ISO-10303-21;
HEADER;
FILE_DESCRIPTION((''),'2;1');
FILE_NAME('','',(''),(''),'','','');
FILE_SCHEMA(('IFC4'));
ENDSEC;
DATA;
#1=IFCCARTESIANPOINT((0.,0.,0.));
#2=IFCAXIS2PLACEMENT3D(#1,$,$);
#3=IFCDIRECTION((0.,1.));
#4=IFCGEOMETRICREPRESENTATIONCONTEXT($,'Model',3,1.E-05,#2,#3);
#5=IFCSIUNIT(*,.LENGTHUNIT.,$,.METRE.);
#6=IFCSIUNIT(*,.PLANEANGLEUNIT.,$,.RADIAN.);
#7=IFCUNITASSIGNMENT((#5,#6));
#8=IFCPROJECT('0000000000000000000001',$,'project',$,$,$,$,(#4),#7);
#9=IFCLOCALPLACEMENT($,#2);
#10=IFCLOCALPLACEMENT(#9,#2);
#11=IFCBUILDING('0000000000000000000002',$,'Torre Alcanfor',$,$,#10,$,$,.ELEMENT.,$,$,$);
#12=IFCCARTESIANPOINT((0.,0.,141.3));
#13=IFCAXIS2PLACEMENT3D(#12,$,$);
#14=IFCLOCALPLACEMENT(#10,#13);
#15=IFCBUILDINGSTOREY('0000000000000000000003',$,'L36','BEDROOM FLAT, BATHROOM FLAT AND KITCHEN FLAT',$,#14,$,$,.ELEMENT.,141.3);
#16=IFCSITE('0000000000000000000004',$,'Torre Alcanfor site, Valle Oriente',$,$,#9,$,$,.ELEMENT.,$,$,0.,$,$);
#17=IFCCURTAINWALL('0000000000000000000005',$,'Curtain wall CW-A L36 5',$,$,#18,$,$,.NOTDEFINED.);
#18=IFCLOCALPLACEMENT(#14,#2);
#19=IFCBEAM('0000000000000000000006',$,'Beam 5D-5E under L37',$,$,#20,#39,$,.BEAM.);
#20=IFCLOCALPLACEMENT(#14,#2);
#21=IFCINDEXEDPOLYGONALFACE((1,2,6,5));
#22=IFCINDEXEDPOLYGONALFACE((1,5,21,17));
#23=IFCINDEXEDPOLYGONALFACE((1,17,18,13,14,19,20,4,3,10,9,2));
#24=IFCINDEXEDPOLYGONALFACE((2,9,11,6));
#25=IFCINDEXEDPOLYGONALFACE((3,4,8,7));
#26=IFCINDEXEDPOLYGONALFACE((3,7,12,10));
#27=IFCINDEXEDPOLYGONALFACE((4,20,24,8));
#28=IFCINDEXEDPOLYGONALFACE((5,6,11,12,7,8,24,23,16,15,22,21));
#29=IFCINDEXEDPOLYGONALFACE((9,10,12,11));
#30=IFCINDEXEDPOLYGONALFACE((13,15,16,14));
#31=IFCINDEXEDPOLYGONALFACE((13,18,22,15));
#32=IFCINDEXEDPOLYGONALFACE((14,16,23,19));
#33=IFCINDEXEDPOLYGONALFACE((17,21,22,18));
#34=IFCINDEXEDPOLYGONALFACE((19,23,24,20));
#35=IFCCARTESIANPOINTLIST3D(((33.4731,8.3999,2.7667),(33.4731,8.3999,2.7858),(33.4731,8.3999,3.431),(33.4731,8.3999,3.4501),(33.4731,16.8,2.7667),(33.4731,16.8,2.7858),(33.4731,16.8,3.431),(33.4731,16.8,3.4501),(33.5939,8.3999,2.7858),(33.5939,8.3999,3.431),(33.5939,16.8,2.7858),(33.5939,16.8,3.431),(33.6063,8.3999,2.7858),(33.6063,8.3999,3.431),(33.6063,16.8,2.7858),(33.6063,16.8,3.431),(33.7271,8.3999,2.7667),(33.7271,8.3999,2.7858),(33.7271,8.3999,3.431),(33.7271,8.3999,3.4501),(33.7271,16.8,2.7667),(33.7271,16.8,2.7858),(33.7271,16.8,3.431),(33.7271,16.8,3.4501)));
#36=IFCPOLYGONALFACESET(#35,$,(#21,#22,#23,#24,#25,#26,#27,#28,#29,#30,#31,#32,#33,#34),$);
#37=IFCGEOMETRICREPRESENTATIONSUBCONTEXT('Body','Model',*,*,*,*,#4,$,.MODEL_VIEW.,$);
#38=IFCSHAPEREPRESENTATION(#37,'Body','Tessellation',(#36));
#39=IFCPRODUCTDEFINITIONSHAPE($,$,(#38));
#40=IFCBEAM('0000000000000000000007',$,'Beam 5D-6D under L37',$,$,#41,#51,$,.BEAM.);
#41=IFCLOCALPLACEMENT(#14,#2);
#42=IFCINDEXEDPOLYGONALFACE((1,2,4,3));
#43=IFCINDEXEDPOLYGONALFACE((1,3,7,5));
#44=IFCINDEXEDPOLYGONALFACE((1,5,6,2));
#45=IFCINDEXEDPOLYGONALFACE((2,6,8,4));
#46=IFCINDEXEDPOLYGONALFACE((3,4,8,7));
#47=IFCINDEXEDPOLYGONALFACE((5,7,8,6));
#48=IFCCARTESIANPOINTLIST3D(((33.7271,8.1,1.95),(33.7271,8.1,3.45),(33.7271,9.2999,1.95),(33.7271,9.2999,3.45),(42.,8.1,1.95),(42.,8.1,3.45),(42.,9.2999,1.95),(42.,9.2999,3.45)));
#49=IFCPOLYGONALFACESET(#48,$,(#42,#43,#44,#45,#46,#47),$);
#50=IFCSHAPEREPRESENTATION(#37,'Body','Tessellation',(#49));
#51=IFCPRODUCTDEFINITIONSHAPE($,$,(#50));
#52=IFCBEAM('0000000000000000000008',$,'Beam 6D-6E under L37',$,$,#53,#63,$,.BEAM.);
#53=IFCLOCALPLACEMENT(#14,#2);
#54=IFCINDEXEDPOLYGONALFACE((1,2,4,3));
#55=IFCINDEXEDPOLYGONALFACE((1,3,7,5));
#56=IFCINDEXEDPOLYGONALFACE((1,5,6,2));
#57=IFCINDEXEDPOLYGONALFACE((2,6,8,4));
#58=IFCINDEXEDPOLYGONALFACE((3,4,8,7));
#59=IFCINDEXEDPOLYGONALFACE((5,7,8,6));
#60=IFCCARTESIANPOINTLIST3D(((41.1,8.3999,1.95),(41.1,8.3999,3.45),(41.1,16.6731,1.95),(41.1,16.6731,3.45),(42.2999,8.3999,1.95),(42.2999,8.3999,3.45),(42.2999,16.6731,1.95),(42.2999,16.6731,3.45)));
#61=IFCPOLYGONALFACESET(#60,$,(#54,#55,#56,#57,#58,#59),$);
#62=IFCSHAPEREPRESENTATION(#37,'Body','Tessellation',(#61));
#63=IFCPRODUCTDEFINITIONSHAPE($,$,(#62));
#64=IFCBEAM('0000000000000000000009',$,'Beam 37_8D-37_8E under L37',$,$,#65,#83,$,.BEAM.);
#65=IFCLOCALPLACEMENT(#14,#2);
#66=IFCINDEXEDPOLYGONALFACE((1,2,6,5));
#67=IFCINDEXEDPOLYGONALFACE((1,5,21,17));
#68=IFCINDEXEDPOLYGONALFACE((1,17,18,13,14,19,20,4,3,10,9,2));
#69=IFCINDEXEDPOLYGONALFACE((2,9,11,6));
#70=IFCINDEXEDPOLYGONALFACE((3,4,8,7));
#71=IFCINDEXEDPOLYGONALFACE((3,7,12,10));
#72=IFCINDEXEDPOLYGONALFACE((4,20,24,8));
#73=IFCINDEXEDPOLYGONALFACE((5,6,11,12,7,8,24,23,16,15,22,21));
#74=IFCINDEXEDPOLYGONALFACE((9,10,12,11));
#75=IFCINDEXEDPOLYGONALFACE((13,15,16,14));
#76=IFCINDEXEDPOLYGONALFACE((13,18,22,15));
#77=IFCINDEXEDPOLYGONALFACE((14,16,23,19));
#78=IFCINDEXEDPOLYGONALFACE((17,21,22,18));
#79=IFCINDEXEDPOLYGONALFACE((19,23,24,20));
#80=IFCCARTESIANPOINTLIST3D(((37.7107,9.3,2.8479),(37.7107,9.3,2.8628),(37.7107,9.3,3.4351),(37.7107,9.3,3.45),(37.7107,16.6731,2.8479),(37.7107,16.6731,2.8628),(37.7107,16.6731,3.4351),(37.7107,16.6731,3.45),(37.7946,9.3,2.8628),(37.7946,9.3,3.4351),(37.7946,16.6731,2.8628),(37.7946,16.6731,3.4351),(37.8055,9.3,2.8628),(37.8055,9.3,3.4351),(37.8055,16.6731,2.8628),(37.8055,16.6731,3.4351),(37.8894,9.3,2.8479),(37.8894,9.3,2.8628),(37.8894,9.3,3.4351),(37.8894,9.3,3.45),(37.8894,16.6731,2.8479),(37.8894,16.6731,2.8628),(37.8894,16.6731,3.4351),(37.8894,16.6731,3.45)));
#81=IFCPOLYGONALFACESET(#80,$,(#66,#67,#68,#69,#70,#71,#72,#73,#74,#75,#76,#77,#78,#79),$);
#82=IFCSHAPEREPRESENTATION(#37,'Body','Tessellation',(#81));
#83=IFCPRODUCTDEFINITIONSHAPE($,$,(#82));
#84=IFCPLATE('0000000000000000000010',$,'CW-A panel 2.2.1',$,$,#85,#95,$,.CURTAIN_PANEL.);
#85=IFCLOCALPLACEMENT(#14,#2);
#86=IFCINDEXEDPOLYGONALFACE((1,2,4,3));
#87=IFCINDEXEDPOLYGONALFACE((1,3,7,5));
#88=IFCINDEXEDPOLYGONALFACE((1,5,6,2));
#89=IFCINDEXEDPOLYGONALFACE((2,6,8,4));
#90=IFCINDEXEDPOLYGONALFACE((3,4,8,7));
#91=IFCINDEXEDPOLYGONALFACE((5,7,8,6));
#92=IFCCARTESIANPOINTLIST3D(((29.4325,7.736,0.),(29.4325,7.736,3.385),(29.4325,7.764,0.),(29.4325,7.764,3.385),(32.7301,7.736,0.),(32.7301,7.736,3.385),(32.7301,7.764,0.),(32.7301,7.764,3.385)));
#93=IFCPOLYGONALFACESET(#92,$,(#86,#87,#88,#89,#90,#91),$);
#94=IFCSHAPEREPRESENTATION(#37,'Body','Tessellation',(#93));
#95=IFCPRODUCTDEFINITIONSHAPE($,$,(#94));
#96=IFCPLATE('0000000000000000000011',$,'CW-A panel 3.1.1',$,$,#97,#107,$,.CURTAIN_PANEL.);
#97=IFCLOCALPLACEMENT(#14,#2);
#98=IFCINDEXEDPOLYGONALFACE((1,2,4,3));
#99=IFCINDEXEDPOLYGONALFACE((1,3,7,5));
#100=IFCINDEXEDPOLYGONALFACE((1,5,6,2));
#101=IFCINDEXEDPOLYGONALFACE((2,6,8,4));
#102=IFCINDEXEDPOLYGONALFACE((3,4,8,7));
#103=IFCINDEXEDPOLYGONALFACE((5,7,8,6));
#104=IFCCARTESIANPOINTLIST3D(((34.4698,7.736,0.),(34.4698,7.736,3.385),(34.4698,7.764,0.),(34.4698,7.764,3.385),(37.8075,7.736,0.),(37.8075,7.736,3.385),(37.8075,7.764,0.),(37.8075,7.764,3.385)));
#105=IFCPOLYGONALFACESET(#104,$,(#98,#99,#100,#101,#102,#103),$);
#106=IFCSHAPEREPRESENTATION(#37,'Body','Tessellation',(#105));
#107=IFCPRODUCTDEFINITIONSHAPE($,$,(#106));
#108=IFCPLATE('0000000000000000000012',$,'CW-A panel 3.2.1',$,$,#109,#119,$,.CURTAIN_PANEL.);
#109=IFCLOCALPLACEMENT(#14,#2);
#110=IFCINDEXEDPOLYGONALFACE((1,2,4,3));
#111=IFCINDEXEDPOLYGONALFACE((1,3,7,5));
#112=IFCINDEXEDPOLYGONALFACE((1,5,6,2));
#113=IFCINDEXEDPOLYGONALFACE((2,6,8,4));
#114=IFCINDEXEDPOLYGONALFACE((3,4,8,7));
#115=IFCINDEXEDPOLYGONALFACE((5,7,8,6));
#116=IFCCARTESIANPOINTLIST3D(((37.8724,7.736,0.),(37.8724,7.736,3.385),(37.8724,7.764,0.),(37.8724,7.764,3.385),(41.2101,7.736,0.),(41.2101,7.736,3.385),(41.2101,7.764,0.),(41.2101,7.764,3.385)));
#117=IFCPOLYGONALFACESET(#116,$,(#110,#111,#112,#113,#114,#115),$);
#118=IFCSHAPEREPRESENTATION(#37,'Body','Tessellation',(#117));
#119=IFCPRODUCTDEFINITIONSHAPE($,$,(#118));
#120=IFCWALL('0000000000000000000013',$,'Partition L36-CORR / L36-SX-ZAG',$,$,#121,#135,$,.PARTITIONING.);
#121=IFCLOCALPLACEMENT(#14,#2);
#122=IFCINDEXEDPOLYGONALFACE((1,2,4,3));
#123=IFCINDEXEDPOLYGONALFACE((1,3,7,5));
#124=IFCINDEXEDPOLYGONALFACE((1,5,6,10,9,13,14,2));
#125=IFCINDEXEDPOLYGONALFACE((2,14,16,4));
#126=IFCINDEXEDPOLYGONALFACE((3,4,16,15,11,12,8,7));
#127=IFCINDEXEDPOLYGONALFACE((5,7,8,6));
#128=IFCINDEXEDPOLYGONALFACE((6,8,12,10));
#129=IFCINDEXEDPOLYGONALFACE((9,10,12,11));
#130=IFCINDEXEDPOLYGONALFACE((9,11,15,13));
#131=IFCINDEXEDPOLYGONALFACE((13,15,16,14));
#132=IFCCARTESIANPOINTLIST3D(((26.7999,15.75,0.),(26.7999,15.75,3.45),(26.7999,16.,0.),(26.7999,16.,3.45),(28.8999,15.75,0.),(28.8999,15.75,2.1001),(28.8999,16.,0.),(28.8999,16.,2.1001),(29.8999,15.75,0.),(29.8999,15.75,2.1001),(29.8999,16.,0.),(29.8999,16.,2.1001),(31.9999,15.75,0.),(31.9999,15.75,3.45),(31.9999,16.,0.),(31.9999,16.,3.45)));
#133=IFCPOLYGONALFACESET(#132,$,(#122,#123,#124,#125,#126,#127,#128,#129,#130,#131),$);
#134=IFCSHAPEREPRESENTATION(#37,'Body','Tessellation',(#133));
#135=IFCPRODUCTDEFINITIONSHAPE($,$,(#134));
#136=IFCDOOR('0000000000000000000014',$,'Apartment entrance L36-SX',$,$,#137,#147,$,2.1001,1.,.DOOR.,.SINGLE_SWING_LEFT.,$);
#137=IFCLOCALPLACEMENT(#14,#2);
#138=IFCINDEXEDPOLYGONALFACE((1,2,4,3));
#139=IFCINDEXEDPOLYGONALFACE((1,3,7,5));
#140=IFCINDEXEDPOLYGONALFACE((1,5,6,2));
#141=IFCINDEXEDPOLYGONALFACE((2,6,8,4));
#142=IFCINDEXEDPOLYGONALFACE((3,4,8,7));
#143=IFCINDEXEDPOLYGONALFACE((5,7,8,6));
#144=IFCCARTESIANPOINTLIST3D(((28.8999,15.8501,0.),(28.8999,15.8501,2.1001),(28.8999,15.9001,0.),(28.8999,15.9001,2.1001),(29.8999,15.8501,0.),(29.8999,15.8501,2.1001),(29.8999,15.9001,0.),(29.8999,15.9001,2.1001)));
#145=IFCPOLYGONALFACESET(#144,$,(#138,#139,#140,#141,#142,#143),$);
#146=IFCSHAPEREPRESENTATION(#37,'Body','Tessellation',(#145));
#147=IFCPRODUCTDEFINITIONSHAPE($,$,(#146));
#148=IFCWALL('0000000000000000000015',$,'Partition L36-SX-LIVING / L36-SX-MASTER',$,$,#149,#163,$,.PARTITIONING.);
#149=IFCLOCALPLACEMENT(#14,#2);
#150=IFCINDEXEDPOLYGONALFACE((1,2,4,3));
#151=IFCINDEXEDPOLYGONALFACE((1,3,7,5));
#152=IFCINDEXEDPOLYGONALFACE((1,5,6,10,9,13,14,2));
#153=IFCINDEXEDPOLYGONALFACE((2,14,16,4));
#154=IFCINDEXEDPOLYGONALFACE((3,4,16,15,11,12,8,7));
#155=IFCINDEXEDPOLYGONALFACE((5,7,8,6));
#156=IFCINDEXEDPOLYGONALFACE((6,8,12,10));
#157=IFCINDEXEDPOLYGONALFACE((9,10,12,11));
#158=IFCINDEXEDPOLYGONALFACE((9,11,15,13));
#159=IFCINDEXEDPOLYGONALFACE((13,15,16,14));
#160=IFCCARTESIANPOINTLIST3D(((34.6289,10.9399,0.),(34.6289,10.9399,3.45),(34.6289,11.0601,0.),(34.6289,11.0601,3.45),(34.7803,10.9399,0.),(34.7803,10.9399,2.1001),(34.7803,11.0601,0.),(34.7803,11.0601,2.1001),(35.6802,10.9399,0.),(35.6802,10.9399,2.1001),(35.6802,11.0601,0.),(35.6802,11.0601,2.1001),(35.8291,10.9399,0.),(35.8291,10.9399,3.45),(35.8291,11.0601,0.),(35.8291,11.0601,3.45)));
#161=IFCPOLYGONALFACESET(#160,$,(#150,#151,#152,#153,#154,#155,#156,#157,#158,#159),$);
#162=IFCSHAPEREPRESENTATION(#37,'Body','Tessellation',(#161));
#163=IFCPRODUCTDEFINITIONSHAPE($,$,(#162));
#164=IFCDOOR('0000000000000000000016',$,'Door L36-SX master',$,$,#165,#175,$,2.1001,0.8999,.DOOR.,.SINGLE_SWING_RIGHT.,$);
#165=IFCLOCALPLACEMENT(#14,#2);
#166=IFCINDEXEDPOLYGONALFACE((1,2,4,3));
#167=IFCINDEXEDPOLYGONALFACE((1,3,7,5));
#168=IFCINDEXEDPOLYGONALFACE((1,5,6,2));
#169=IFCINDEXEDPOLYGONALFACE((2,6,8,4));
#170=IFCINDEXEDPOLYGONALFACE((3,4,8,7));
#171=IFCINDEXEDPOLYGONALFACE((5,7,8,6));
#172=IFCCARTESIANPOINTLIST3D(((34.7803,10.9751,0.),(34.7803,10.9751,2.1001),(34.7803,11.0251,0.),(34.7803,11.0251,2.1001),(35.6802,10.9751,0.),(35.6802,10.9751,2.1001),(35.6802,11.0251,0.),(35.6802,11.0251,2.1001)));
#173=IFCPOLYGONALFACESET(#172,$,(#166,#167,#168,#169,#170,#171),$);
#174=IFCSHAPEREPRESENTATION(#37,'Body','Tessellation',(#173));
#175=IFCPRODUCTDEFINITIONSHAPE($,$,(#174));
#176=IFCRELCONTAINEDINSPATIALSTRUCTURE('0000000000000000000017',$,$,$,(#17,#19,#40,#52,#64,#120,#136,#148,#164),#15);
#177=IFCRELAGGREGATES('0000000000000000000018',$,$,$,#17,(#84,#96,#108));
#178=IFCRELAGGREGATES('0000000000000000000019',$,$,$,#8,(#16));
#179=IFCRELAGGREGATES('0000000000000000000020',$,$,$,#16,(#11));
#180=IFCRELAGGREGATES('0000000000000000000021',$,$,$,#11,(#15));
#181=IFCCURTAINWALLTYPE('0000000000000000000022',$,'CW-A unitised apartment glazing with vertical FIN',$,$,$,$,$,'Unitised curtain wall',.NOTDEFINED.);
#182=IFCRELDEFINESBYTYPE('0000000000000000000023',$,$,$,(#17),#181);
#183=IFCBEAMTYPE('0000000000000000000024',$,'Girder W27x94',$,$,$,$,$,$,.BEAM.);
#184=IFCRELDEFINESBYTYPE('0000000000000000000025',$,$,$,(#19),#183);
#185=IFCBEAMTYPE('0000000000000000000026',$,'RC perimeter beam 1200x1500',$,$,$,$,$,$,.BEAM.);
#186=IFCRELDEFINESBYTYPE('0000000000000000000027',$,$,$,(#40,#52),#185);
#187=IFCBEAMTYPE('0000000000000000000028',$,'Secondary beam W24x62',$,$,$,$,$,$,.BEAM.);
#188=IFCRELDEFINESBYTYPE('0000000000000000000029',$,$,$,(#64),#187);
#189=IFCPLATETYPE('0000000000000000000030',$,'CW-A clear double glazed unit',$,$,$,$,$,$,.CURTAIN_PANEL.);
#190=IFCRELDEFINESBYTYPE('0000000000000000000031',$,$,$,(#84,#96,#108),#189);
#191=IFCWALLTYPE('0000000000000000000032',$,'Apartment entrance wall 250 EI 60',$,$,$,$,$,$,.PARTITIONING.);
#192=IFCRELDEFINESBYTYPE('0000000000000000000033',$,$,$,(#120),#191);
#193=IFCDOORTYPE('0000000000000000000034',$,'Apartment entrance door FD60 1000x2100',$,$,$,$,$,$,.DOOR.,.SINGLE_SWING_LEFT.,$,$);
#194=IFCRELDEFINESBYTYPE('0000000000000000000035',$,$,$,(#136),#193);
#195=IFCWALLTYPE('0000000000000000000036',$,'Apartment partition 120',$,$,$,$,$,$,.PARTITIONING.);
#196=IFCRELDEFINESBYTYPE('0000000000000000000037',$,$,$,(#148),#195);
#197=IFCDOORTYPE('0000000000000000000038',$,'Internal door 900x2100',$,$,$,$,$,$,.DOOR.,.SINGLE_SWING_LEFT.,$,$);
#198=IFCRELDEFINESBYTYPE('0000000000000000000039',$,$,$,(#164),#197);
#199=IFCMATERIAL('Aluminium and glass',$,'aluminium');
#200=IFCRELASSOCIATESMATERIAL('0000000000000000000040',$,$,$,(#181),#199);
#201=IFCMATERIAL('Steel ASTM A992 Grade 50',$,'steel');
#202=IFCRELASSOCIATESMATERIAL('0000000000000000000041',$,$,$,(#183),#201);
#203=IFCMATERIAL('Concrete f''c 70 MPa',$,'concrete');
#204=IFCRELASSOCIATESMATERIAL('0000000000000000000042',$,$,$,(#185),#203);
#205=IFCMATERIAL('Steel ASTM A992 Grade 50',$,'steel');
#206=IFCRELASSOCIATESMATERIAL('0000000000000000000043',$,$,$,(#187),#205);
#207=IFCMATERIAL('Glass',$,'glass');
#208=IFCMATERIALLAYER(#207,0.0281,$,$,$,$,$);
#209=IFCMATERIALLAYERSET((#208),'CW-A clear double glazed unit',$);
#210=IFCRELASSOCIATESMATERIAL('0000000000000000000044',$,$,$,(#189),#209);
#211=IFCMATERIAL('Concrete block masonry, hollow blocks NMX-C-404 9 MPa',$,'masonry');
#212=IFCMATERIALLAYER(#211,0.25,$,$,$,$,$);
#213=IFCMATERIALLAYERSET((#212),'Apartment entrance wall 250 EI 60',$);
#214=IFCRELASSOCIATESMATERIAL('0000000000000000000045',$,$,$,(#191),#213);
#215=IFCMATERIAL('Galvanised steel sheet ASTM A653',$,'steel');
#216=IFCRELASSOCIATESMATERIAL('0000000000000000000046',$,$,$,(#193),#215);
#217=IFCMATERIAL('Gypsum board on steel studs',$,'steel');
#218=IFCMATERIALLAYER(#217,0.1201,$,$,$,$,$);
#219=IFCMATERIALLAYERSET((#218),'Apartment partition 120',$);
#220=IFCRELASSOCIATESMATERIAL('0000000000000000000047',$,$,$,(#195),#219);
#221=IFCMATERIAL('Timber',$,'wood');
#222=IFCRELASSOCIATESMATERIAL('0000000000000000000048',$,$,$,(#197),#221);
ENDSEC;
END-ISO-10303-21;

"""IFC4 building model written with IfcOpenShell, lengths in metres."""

from ifc_helpers import new_model, si_unit, direction, frame, frame_2d, origin, origin_2d, place, context, subcontext, project, spatial, rectangle, i_section, extrude, material, layer, layer_set, material_profile, profile_set, type_object, element, fill, aggregate, save


model = new_model("IFC4")

# Units and contexts
model_context = context("Model", 3, precision=1e-05, world=origin(), true_north=direction((0.0, 1.0)))
body_context = subcontext(model_context, "Body", "Model", "MODEL_VIEW")
ifc_project = project(units=[si_unit("LENGTHUNIT", "METRE"), si_unit("PLANEANGLEUNIT", "RADIAN")], contexts=[model_context])

# Site, building, storey
site_placement = place(None, origin())
site = spatial("IfcSite", under=ifc_project, at=site_placement, Name="Torre Alcanfor site, Valle Oriente", CompositionType="ELEMENT", RefElevation=0.0)
building_placement = place(site_placement, origin())
building = spatial("IfcBuilding", under=site, at=building_placement, Name="Torre Alcanfor", CompositionType="ELEMENT")
storey_placement = place(building_placement, frame((0.0, 0.0, 141.3)))
storey = spatial("IfcBuildingStorey", under=building, at=storey_placement, Name="L36", Description="BEDROOM FLAT, BATHROOM FLAT AND KITCHEN FLAT", CompositionType="ELEMENT", Elevation=141.3)

# Curtain wall
ifc_material_1 = material(Name="Aluminium and glass", Category="aluminium")
curtain_wall_type = type_object("IfcCurtainWallType", Name="CW-A unitised apartment glazing with vertical FIN", ElementType="Unitised curtain wall", PredefinedType="NOTDEFINED", material=ifc_material_1)
curtain_wall_placement = place(storey_placement, origin())
curtain_wall = element("IfcCurtainWall", 1, at=curtain_wall_placement, inside=storey, type_object=curtain_wall_type, Name="Curtain wall CW-A L36 5", PredefinedType="NOTDEFINED")

# Beams
ifc_material_2 = material(Name="Steel ASTM A992 Grade 50", Category="steel")
ifc_material_profile_1 = material_profile(ifc_material_2, i_section(OverallWidth=0.2539, OverallDepth=0.6833, WebThickness=0.0125, FlangeThickness=0.019, at=origin_2d()), Name="W27x94")
ifc_profile_set_1 = profile_set([ifc_material_profile_1], Name="Steel ASTM A992 Grade 50")
beam_type_1 = type_object("IfcBeamType", Name="Girder W27x94", PredefinedType="BEAM", material=ifc_profile_set_1)
beam_1_placement = place(storey_placement, frame((33.6001, 8.3999, 3.1084), z_axis=(0.0, 1.0, 0.0), x_axis=(-1.0, 0.0, 0.0)))
element("IfcBeam", 2, at=beam_1_placement, inside=storey, type_object=beam_type_1, Name="Beam 5D-5E under L37", PredefinedType="BEAM", context=body_context, shape_type="SweptSolid", body=[
    extrude(i_section(OverallWidth=0.2539, OverallDepth=0.6833, WebThickness=0.0125, FlangeThickness=0.019, at=origin_2d()), origin(), (0.0, 0.0, 1.0), 8.4001),
])
ifc_material_3 = material(Name="Concrete f'c 70 MPa", Category="concrete")
ifc_material_profile_2 = material_profile(ifc_material_3, rectangle(XDim=1.2, YDim=1.5, at=origin_2d()), Name="1200x1500")
ifc_profile_set_2 = profile_set([ifc_material_profile_2], Name="Concrete f'c 70 MPa")
beam_type_2 = type_object("IfcBeamType", Name="RC perimeter beam 1200x1500", PredefinedType="BEAM", material=ifc_profile_set_2)
beam_2_placement = place(storey_placement, frame((33.7271, 8.7, 2.7), z_axis=(1.0, 0.0, 0.0), x_axis=(0.0, 1.0, 0.0)))
element("IfcBeam", 3, at=beam_2_placement, inside=storey, type_object=beam_type_2, Name="Beam 5D-6D under L37", PredefinedType="BEAM", context=body_context, shape_type="SweptSolid", body=[
    extrude(rectangle(XDim=1.2, YDim=1.5, at=origin_2d()), origin(), (0.0, 0.0, 1.0), 8.2729),
])
beam_3_placement = place(storey_placement, frame((41.7, 8.3999, 2.7), z_axis=(0.0, 1.0, 0.0), x_axis=(-1.0, 0.0, 0.0)))
element("IfcBeam", 4, at=beam_3_placement, inside=storey, type_object=beam_type_2, Name="Beam 6D-6E under L37", PredefinedType="BEAM", context=body_context, shape_type="SweptSolid", body=[
    extrude(rectangle(XDim=1.2, YDim=1.5, at=origin_2d()), origin(), (0.0, 0.0, 1.0), 8.2732),
])
ifc_material_4 = material(Name="Steel ASTM A992 Grade 50", Category="steel")
ifc_material_profile_3 = material_profile(ifc_material_4, i_section(OverallWidth=0.1787, OverallDepth=0.6021, WebThickness=0.011, FlangeThickness=0.0149, at=origin_2d()), Name="W24x62")
ifc_profile_set_3 = profile_set([ifc_material_profile_3], Name="Steel ASTM A992 Grade 50")
beam_type_3 = type_object("IfcBeamType", Name="Secondary beam W24x62", PredefinedType="BEAM", material=ifc_profile_set_3)
beam_4_placement = place(storey_placement, frame((37.8, 9.3, 3.1489), z_axis=(0.0, 1.0, 0.0), x_axis=(-1.0, 0.0, 0.0)))
element("IfcBeam", 5, at=beam_4_placement, inside=storey, type_object=beam_type_3, Name="Beam 37_8D-37_8E under L37", PredefinedType="BEAM", context=body_context, shape_type="SweptSolid", body=[
    extrude(i_section(OverallWidth=0.1787, OverallDepth=0.6021, WebThickness=0.011, FlangeThickness=0.0149, at=origin_2d()), origin(), (0.0, 0.0, 1.0), 7.373),
])

# Plates
ifc_material_5 = material(Name="Glass", Category="glass")
ifc_layer_1 = layer(ifc_material_5, 0.0281)
ifc_layer_set_1 = layer_set([ifc_layer_1], Name="CW-A clear double glazed unit")
plate_type = type_object("IfcPlateType", Name="CW-A clear double glazed unit", PredefinedType="CURTAIN_PANEL", material=ifc_layer_set_1)
plate_1_placement = place(storey_placement, frame((31.0813, 7.75, 0.0), z_axis=(0.0, 0.0, 1.0), x_axis=(1.0, 0.0, 0.0)))
plate_1 = element("IfcPlate", 6, at=plate_1_placement, type_object=plate_type, Name="CW-A panel 2.2.1", PredefinedType="CURTAIN_PANEL", context=body_context, shape_type="SweptSolid", body=[
    extrude(rectangle(XDim=3.2976, YDim=0.0281, at=origin_2d()), origin(), (0.0, 0.0, 1.0), 3.385),
])
plate_2_placement = place(storey_placement, frame((36.1387, 7.75, 0.0), z_axis=(0.0, 0.0, 1.0), x_axis=(1.0, 0.0, 0.0)))
plate_2 = element("IfcPlate", 7, at=plate_2_placement, type_object=plate_type, Name="CW-A panel 3.1.1", PredefinedType="CURTAIN_PANEL", context=body_context, shape_type="SweptSolid", body=[
    extrude(rectangle(XDim=3.3376, YDim=0.0281, at=origin_2d()), origin(), (0.0, 0.0, 1.0), 3.385),
])
plate_3_placement = place(storey_placement, frame((39.5413, 7.75, 0.0), z_axis=(0.0, 0.0, 1.0), x_axis=(1.0, 0.0, 0.0)))
plate_3 = element("IfcPlate", 8, at=plate_3_placement, type_object=plate_type, Name="CW-A panel 3.2.1", PredefinedType="CURTAIN_PANEL", context=body_context, shape_type="SweptSolid", body=[
    extrude(rectangle(XDim=3.3376, YDim=0.0281, at=origin_2d()), origin(), (0.0, 0.0, 1.0), 3.385),
])
aggregate(curtain_wall, [plate_1, plate_2, plate_3])

# Walls, openings, doors
ifc_material_6 = material(Name="Concrete block masonry, hollow blocks NMX-C-404 9 MPa", Category="masonry")
ifc_layer_2 = layer(ifc_material_6, 0.25)
ifc_layer_set_2 = layer_set([ifc_layer_2], Name="Apartment entrance wall 250 EI 60")
wall_type_1 = type_object("IfcWallType", Name="Apartment entrance wall 250 EI 60", PredefinedType="PARTITIONING", material=ifc_layer_set_2)
wall_1_placement = place(storey_placement, frame((32.0, 15.875, 0.0), z_axis=(0.0, 0.0, 1.0), x_axis=(-1.0, 0.0, 0.0)))
wall_1 = element("IfcWall", 9, at=wall_1_placement, inside=storey, type_object=wall_type_1, Name="Partition L36-CORR / L36-SX-ZAG", PredefinedType="PARTITIONING", context=body_context, shape_type="SweptSolid", body=[
    extrude(rectangle(XDim=5.2, YDim=0.25, at=frame_2d((2.6001, 0.0))), origin(), (0.0, 0.0, 1.0), 3.45),
])
opening_1_placement = place(wall_1_placement, frame((2.1001, 0.0, 0.0)))
opening_1 = element("IfcOpeningElement", 10, at=opening_1_placement, cuts=wall_1, PredefinedType="OPENING", context=body_context, shape_type="SweptSolid", body=[
    extrude(rectangle(XDim=1.0, YDim=2.1001, at=frame_2d((0.5, 1.05))), frame((0.0, 0.135, 0.0), z_axis=(0.0, -1.0, 0.0), x_axis=(1.0, 0.0, 0.0)), (0.0, 0.0, 1.0), 0.27),
])
ifc_material_7 = material(Name="Galvanised steel sheet ASTM A653", Category="steel")
door_type_1 = type_object("IfcDoorType", Name="Apartment entrance door FD60 1000x2100", OperationType="SINGLE_SWING_LEFT", PredefinedType="DOOR", material=ifc_material_7)
door_1_placement = place(opening_1_placement, origin())
door_1 = element("IfcDoor", 11, at=door_1_placement, inside=storey, type_object=door_type_1, Name="Apartment entrance L36-SX", OperationType="SINGLE_SWING_LEFT", OverallHeight=2.1001, OverallWidth=1.0, PredefinedType="DOOR", context=body_context, shape_type="SweptSolid", body=[
    extrude(rectangle(XDim=1.0, YDim=2.1001, at=frame_2d((0.5, 1.05))), frame((0.0, 0.0249, 0.0), z_axis=(0.0, -1.0, 0.0), x_axis=(1.0, 0.0, 0.0)), (0.0, 0.0, 1.0), 0.05),
])
fill(opening_1, door_1)
ifc_material_8 = material(Name="Gypsum board on steel studs", Category="steel")
ifc_layer_3 = layer(ifc_material_8, 0.1201)
ifc_layer_set_3 = layer_set([ifc_layer_3], Name="Apartment partition 120")
wall_type_2 = type_object("IfcWallType", Name="Apartment partition 120", PredefinedType="PARTITIONING", material=ifc_layer_set_3)
wall_2_placement = place(storey_placement, frame((35.8291, 11.0, 0.0), z_axis=(0.0, 0.0, 1.0), x_axis=(-1.0, 0.0, 0.0)))
wall_2 = element("IfcWall", 12, at=wall_2_placement, inside=storey, type_object=wall_type_2, Name="Partition L36-SX-LIVING / L36-SX-MASTER", PredefinedType="PARTITIONING", context=body_context, shape_type="SweptSolid", body=[
    extrude(rectangle(XDim=1.2002, YDim=0.1201, at=frame_2d((0.6001, 0.0))), origin(), (0.0, 0.0, 1.0), 3.45),
])
opening_2_placement = place(wall_2_placement, frame((0.1489, 0.0, 0.0)))
opening_2 = element("IfcOpeningElement", 13, at=opening_2_placement, cuts=wall_2, PredefinedType="OPENING", context=body_context, shape_type="SweptSolid", body=[
    extrude(rectangle(XDim=0.8999, YDim=2.1001, at=frame_2d((0.45, 1.05))), frame((0.0, 0.0701, 0.0), z_axis=(0.0, -1.0, 0.0), x_axis=(1.0, 0.0, 0.0)), (0.0, 0.0, 1.0), 0.1401),
])
ifc_material_9 = material(Name="Timber", Category="wood")
door_type_2 = type_object("IfcDoorType", Name="Internal door 900x2100", OperationType="SINGLE_SWING_LEFT", PredefinedType="DOOR", material=ifc_material_9)
door_2_placement = place(opening_2_placement, origin())
door_2 = element("IfcDoor", 14, at=door_2_placement, inside=storey, type_object=door_type_2, Name="Door L36-SX master", OperationType="SINGLE_SWING_RIGHT", OverallHeight=2.1001, OverallWidth=0.8999, PredefinedType="DOOR", context=body_context, shape_type="SweptSolid", body=[
    extrude(rectangle(XDim=0.8999, YDim=2.1001, at=frame_2d((0.45, 1.05))), frame((0.0, 0.0249, 0.0), z_axis=(0.0, -1.0, 0.0), x_axis=(1.0, 0.0, 0.0)), (0.0, 0.0, 1.0), 0.05),
])
fill(opening_2, door_2)

save(model, "model.ifc")
